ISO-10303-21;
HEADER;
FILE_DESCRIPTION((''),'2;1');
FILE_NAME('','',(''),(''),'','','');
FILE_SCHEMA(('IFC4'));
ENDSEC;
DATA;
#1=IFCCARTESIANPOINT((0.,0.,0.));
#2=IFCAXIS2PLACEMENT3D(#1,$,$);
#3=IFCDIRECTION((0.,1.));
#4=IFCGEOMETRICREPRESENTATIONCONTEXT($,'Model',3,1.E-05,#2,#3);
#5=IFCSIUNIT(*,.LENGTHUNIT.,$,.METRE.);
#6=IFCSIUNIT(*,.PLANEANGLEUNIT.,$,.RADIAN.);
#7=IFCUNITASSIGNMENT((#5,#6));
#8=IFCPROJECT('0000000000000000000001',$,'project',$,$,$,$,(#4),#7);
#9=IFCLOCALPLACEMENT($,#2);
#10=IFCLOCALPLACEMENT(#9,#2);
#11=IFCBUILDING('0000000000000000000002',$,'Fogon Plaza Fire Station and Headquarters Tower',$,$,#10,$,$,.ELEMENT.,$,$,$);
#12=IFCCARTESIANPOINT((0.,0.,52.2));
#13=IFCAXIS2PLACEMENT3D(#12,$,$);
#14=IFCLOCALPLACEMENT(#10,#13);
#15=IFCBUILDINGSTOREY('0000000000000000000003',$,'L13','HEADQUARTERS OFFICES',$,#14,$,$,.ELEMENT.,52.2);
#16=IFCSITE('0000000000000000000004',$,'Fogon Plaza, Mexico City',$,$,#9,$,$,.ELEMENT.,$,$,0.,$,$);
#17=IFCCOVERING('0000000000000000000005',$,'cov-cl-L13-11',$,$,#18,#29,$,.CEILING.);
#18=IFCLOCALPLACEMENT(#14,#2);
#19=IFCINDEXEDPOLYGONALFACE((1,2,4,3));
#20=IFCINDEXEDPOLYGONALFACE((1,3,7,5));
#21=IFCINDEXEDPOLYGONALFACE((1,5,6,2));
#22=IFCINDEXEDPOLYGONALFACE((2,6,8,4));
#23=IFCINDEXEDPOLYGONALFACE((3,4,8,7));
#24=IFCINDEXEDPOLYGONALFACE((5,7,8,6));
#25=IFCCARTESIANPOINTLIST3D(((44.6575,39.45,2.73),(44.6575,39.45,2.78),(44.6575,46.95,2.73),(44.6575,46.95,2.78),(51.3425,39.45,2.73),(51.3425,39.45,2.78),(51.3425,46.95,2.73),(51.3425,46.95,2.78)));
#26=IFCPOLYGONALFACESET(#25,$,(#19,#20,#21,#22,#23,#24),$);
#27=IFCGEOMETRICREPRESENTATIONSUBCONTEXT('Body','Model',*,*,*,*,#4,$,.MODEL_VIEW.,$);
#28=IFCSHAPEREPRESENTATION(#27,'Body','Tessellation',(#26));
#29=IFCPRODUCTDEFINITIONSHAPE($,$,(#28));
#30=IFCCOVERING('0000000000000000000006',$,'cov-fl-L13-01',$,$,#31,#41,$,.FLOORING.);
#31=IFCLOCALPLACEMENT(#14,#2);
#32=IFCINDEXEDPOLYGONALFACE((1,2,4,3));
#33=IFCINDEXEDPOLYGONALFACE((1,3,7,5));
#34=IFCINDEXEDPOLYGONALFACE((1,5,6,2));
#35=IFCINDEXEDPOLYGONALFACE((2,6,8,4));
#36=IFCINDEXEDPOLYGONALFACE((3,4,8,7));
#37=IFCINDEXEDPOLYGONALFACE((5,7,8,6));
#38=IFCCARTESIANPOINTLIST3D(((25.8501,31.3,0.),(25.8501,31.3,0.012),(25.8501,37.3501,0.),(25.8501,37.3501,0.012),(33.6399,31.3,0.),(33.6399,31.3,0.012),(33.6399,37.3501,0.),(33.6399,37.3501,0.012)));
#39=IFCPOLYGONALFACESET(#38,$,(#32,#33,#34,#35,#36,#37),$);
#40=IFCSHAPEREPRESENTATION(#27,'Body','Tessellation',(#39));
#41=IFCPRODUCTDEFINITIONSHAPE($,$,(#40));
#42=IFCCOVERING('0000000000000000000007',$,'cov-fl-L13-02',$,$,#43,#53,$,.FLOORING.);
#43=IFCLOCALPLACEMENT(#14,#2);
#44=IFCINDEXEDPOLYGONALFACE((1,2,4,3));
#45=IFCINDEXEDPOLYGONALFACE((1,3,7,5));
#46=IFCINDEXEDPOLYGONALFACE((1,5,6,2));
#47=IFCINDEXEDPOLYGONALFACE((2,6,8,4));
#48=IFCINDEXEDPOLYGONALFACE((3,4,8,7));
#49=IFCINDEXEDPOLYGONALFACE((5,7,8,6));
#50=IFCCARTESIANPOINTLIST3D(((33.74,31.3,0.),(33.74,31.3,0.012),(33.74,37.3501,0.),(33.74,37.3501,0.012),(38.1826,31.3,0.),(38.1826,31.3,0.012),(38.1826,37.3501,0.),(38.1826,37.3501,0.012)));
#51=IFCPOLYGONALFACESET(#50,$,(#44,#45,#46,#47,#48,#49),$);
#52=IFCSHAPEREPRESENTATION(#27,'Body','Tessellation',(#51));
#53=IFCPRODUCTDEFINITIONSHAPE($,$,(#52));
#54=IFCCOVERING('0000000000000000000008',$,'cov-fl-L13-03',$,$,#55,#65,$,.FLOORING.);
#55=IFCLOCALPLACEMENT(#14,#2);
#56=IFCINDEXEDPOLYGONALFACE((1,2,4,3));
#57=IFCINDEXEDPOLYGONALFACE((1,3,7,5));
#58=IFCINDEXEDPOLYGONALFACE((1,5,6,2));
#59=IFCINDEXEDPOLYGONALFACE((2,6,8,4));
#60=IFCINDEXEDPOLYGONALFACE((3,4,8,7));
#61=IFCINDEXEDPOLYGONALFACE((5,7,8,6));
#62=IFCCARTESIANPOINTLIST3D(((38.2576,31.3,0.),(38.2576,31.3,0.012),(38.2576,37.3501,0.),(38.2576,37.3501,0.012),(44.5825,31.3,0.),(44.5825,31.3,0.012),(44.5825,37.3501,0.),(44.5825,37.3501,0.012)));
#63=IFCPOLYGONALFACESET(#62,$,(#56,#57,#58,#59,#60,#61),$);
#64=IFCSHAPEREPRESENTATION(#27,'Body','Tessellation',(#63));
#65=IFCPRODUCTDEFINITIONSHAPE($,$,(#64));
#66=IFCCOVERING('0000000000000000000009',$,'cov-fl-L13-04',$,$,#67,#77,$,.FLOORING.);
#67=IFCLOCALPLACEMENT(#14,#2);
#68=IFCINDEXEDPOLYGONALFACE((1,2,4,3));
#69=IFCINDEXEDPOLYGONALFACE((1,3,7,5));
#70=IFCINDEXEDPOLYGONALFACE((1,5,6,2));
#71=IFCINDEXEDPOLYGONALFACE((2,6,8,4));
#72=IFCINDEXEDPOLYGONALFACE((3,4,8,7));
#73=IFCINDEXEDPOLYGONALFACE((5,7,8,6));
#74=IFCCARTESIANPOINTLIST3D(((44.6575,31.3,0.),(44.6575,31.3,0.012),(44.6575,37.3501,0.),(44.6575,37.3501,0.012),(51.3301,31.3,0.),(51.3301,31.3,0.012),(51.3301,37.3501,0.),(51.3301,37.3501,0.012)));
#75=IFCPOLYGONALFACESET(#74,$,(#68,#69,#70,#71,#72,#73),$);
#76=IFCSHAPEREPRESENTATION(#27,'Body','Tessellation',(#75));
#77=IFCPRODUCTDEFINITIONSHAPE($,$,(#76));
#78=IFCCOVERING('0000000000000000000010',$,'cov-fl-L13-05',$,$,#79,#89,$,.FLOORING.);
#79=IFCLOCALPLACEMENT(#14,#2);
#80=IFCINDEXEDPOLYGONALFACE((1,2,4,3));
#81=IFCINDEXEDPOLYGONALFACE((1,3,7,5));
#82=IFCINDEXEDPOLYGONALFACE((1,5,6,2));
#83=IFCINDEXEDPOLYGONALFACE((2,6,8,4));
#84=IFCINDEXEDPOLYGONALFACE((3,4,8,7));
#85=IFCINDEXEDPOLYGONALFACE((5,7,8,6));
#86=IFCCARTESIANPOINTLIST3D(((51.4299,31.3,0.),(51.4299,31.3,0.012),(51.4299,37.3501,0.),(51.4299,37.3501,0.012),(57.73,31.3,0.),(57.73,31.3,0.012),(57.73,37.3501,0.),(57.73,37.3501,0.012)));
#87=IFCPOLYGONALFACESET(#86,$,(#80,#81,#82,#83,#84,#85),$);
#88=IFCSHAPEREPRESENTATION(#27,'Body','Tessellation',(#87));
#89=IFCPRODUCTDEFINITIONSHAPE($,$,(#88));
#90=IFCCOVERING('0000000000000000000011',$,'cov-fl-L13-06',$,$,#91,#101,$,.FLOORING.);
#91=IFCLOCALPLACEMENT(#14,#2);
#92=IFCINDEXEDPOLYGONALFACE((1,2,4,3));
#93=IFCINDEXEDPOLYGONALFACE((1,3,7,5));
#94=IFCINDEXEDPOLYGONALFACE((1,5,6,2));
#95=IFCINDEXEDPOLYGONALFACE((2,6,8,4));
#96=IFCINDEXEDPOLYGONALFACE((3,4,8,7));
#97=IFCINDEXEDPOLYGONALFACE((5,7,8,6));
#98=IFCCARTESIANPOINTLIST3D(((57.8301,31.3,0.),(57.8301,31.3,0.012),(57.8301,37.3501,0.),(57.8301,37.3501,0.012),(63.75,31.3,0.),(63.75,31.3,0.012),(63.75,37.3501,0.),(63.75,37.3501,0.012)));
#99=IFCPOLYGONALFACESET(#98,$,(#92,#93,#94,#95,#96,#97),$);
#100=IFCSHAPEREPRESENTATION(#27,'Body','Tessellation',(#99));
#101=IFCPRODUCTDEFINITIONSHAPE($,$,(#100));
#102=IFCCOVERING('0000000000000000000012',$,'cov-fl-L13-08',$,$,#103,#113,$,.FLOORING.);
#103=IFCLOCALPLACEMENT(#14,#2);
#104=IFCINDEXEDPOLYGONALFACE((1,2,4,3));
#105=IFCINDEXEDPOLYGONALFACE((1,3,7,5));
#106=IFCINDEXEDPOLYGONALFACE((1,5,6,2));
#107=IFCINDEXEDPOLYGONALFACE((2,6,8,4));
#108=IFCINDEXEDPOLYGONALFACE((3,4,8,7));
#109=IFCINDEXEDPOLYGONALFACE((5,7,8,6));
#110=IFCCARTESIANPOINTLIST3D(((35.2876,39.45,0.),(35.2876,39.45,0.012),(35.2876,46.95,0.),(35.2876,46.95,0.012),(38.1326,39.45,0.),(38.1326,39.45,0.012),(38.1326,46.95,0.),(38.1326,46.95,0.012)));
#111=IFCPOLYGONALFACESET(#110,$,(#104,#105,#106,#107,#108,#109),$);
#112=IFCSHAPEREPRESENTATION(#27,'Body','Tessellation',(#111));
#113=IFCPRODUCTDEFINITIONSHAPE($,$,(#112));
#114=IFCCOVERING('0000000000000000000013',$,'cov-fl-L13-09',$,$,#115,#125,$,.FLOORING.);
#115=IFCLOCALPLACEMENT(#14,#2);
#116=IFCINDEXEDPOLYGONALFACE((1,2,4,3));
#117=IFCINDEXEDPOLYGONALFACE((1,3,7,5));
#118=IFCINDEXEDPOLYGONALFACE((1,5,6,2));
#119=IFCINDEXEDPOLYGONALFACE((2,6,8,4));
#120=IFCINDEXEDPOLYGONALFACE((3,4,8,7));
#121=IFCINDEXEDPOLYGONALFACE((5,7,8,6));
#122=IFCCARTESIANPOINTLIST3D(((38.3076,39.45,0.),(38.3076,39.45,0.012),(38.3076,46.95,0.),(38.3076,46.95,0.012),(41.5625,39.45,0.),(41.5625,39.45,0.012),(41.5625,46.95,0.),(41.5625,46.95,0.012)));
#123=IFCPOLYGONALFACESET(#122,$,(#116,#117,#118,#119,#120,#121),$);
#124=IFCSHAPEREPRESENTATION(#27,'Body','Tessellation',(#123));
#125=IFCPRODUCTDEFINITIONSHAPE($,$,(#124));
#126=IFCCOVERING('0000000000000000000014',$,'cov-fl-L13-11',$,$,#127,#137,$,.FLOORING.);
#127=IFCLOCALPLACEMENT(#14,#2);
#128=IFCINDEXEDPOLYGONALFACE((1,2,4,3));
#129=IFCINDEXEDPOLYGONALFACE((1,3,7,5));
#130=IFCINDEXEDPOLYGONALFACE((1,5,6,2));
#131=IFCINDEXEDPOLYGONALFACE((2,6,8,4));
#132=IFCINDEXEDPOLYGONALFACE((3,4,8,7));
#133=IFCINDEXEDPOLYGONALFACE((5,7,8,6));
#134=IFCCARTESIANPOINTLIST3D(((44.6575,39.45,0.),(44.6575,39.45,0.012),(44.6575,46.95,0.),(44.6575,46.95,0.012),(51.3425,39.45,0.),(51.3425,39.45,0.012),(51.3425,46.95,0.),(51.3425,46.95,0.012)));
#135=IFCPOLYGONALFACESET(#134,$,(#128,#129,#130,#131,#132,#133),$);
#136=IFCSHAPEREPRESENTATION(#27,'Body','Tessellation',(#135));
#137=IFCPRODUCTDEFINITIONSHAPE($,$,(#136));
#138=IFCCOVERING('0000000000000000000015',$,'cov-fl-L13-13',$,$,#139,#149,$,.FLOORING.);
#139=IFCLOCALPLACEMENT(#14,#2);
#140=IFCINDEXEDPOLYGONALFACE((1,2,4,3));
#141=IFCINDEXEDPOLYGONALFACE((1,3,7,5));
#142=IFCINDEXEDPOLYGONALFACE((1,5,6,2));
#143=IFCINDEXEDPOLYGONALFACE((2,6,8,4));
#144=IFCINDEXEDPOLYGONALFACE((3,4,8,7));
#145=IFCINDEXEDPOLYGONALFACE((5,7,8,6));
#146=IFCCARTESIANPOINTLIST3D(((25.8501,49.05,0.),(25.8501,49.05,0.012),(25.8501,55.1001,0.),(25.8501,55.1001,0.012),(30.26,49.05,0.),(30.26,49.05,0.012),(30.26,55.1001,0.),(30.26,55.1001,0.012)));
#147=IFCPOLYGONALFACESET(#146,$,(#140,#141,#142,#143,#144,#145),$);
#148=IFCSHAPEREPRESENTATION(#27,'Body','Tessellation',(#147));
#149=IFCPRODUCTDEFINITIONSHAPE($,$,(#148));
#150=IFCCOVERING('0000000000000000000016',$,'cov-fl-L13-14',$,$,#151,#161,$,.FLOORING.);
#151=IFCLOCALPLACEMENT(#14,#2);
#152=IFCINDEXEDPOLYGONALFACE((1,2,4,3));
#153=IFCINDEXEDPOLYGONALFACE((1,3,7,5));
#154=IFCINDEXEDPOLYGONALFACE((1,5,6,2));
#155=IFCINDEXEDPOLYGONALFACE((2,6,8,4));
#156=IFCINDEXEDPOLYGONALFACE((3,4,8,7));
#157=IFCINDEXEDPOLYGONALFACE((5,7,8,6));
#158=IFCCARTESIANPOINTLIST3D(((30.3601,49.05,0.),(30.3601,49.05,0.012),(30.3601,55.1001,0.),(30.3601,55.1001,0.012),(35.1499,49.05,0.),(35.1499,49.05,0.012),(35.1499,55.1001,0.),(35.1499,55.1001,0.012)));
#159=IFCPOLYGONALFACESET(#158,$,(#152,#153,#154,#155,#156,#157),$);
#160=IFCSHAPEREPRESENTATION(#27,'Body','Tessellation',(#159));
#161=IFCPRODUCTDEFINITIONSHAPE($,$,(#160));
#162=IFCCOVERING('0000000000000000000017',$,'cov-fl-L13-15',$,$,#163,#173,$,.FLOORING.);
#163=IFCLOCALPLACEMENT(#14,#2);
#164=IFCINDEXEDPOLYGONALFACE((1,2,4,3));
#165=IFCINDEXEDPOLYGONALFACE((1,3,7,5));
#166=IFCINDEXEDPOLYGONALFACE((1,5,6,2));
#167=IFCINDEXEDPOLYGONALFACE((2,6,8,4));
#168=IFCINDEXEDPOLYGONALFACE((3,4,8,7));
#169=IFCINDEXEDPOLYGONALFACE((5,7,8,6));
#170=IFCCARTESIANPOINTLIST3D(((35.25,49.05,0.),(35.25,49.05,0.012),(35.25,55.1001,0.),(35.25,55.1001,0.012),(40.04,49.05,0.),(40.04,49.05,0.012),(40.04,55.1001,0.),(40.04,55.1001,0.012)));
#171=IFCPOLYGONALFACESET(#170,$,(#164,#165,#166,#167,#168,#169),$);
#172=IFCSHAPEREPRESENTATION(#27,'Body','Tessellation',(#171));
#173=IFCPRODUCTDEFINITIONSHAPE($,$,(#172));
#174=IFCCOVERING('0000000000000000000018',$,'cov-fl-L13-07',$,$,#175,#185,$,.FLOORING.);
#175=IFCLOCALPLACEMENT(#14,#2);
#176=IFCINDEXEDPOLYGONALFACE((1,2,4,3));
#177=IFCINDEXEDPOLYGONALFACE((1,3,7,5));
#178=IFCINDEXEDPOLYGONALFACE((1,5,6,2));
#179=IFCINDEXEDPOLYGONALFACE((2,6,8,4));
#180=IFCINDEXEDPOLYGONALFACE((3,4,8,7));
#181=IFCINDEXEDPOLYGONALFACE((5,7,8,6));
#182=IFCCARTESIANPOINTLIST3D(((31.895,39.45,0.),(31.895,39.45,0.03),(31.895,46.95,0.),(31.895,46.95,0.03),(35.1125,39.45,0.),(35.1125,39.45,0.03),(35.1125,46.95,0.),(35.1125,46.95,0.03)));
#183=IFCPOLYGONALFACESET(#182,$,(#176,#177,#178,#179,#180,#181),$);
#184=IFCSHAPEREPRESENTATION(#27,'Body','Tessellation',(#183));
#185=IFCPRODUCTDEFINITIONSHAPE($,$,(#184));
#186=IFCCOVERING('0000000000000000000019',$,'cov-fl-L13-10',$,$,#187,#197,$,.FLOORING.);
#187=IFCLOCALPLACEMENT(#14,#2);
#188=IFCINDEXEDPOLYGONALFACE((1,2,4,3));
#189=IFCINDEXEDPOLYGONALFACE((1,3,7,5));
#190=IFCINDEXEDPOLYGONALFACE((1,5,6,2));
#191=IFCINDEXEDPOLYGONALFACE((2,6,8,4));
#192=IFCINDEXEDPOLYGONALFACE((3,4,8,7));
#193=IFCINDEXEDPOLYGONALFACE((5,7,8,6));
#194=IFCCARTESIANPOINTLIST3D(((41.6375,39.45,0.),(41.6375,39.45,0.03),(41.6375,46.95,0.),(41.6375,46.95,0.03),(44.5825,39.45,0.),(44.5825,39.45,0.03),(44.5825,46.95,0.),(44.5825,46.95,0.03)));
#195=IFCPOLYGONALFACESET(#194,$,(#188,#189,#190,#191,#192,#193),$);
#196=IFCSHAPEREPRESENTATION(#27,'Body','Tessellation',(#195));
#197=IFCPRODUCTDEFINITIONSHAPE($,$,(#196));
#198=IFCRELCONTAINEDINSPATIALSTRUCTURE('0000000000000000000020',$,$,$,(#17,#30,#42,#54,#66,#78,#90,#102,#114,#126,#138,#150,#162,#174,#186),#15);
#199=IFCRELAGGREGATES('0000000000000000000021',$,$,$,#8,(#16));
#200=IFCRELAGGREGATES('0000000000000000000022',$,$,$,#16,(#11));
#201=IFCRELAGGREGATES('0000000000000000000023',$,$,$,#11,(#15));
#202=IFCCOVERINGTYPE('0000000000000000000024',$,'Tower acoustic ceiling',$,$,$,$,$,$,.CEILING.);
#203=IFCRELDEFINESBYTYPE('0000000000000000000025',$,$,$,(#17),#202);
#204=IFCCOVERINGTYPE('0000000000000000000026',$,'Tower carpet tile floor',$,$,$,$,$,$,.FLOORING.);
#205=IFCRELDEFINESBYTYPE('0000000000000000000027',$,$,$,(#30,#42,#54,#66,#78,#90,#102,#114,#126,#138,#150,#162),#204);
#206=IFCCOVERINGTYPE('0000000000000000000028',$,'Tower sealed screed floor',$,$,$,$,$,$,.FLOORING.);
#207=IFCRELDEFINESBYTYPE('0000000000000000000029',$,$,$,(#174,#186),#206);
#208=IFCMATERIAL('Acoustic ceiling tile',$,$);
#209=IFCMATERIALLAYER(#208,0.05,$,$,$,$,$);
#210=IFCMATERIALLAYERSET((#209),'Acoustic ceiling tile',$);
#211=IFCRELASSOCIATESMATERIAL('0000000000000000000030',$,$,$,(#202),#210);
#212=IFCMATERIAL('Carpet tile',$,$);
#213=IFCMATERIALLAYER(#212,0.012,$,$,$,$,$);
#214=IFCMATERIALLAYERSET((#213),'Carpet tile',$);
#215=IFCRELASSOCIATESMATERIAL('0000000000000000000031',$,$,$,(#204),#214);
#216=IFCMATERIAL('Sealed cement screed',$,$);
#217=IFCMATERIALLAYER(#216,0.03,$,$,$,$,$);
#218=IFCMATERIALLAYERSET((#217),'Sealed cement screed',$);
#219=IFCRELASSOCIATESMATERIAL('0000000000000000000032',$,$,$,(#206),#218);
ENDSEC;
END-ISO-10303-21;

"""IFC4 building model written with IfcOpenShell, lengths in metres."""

from ifc_helpers import new_model, si_unit, direction, frame, origin, place, context, subcontext, project, spatial, polyline, outline, extrude, material, layer, layer_set, type_object, element, save


model = new_model("IFC4")

# Units and contexts
model_context = context("Model", 3, precision=1e-05, world=origin(), true_north=direction((0.0, 1.0)))
body_context = subcontext(model_context, "Body", "Model", "MODEL_VIEW")
ifc_project = project(units=[si_unit("LENGTHUNIT", "METRE"), si_unit("PLANEANGLEUNIT", "RADIAN")], contexts=[model_context])

# Site, building, storey
site_placement = place(None, origin())
site = spatial("IfcSite", under=ifc_project, at=site_placement, Name="Fogon Plaza, Mexico City", CompositionType="ELEMENT", RefElevation=0.0)
building_placement = place(site_placement, origin())
building = spatial("IfcBuilding", under=site, at=building_placement, Name="Fogon Plaza Fire Station and Headquarters Tower", CompositionType="ELEMENT")
storey_placement = place(building_placement, frame((0.0, 0.0, 52.2)))
storey = spatial("IfcBuildingStorey", under=building, at=storey_placement, Name="L13", Description="HEADQUARTERS OFFICES", CompositionType="ELEMENT", Elevation=52.2)

# Coverings
ifc_material_1 = material(Name="Acoustic ceiling tile")
ifc_layer_1 = layer(ifc_material_1, 0.05)
ifc_layer_set_1 = layer_set([ifc_layer_1], Name="Acoustic ceiling tile")
covering_type_1 = type_object("IfcCoveringType", Name="Tower acoustic ceiling", PredefinedType="CEILING", material=ifc_layer_set_1)
covering_1_placement = place(storey_placement, frame((0.0, 0.0, 2.73)))
element("IfcCovering", 1, at=covering_1_placement, inside=storey, type_object=covering_type_1, Name="cov-cl-L13-11", PredefinedType="CEILING", context=body_context, shape_type="SweptSolid", body=[
    extrude(outline(polyline([(51.3425, 39.45), (51.3425, 46.95), (44.6575, 46.95), (44.6575, 39.45), (51.3425, 39.45)])), origin(), (0.0, 0.0, 1.0), 0.05),
])
ifc_material_2 = material(Name="Carpet tile")
ifc_layer_2 = layer(ifc_material_2, 0.012)
ifc_layer_set_2 = layer_set([ifc_layer_2], Name="Carpet tile")
covering_type_2 = type_object("IfcCoveringType", Name="Tower carpet tile floor", PredefinedType="FLOORING", material=ifc_layer_set_2)
covering_2_placement = place(storey_placement, origin())
element("IfcCovering", 2, at=covering_2_placement, inside=storey, type_object=covering_type_2, Name="cov-fl-L13-01", PredefinedType="FLOORING", context=body_context, shape_type="SweptSolid", body=[
    extrude(outline(polyline([(33.6399, 31.3), (33.6399, 37.3501), (25.8501, 37.3501), (25.8501, 31.3), (33.6399, 31.3)])), origin(), (0.0, 0.0, 1.0), 0.012),
])
covering_3_placement = place(storey_placement, origin())
element("IfcCovering", 3, at=covering_3_placement, inside=storey, type_object=covering_type_2, Name="cov-fl-L13-02", PredefinedType="FLOORING", context=body_context, shape_type="SweptSolid", body=[
    extrude(outline(polyline([(38.1826, 31.3), (38.1826, 37.3501), (33.74, 37.3501), (33.74, 31.3), (38.1826, 31.3)])), origin(), (0.0, 0.0, 1.0), 0.012),
])
covering_4_placement = place(storey_placement, origin())
element("IfcCovering", 4, at=covering_4_placement, inside=storey, type_object=covering_type_2, Name="cov-fl-L13-03", PredefinedType="FLOORING", context=body_context, shape_type="SweptSolid", body=[
    extrude(outline(polyline([(44.5825, 31.3), (44.5825, 37.3501), (38.2576, 37.3501), (38.2576, 31.3), (44.5825, 31.3)])), origin(), (0.0, 0.0, 1.0), 0.012),
])
covering_5_placement = place(storey_placement, origin())
element("IfcCovering", 5, at=covering_5_placement, inside=storey, type_object=covering_type_2, Name="cov-fl-L13-04", PredefinedType="FLOORING", context=body_context, shape_type="SweptSolid", body=[
    extrude(outline(polyline([(51.3301, 31.3), (51.3301, 37.3501), (44.6575, 37.3501), (44.6575, 31.3), (51.3301, 31.3)])), origin(), (0.0, 0.0, 1.0), 0.012),
])
covering_6_placement = place(storey_placement, origin())
element("IfcCovering", 6, at=covering_6_placement, inside=storey, type_object=covering_type_2, Name="cov-fl-L13-05", PredefinedType="FLOORING", context=body_context, shape_type="SweptSolid", body=[
    extrude(outline(polyline([(57.73, 31.3), (57.73, 37.3501), (51.4299, 37.3501), (51.4299, 31.3), (57.73, 31.3)])), origin(), (0.0, 0.0, 1.0), 0.012),
])
covering_7_placement = place(storey_placement, origin())
element("IfcCovering", 7, at=covering_7_placement, inside=storey, type_object=covering_type_2, Name="cov-fl-L13-06", PredefinedType="FLOORING", context=body_context, shape_type="SweptSolid", body=[
    extrude(outline(polyline([(63.75, 31.3), (63.75, 37.3501), (57.8301, 37.3501), (57.8301, 31.3), (63.75, 31.3)])), origin(), (0.0, 0.0, 1.0), 0.012),
])
covering_8_placement = place(storey_placement, origin())
element("IfcCovering", 8, at=covering_8_placement, inside=storey, type_object=covering_type_2, Name="cov-fl-L13-08", PredefinedType="FLOORING", context=body_context, shape_type="SweptSolid", body=[
    extrude(outline(polyline([(38.1326, 39.45), (38.1326, 46.95), (35.2876, 46.95), (35.2876, 39.45), (38.1326, 39.45)])), origin(), (0.0, 0.0, 1.0), 0.012),
])
covering_9_placement = place(storey_placement, origin())
element("IfcCovering", 9, at=covering_9_placement, inside=storey, type_object=covering_type_2, Name="cov-fl-L13-09", PredefinedType="FLOORING", context=body_context, shape_type="SweptSolid", body=[
    extrude(outline(polyline([(41.5625, 39.45), (41.5625, 46.95), (38.3076, 46.95), (38.3076, 39.45), (41.5625, 39.45)])), origin(), (0.0, 0.0, 1.0), 0.012),
])
covering_10_placement = place(storey_placement, origin())
element("IfcCovering", 10, at=covering_10_placement, inside=storey, type_object=covering_type_2, Name="cov-fl-L13-11", PredefinedType="FLOORING", context=body_context, shape_type="SweptSolid", body=[
    extrude(outline(polyline([(51.3425, 39.45), (51.3425, 46.95), (44.6575, 46.95), (44.6575, 39.45), (51.3425, 39.45)])), origin(), (0.0, 0.0, 1.0), 0.012),
])
covering_11_placement = place(storey_placement, origin())
element("IfcCovering", 11, at=covering_11_placement, inside=storey, type_object=covering_type_2, Name="cov-fl-L13-13", PredefinedType="FLOORING", context=body_context, shape_type="SweptSolid", body=[
    extrude(outline(polyline([(30.26, 49.05), (30.26, 55.1001), (25.8501, 55.1001), (25.8501, 49.05), (30.26, 49.05)])), origin(), (0.0, 0.0, 1.0), 0.012),
])
covering_12_placement = place(storey_placement, origin())
element("IfcCovering", 12, at=covering_12_placement, inside=storey, type_object=covering_type_2, Name="cov-fl-L13-14", PredefinedType="FLOORING", context=body_context, shape_type="SweptSolid", body=[
    extrude(outline(polyline([(35.1499, 49.05), (35.1499, 55.1001), (30.3601, 55.1001), (30.3601, 49.05), (35.1499, 49.05)])), origin(), (0.0, 0.0, 1.0), 0.012),
])
covering_13_placement = place(storey_placement, origin())
element("IfcCovering", 13, at=covering_13_placement, inside=storey, type_object=covering_type_2, Name="cov-fl-L13-15", PredefinedType="FLOORING", context=body_context, shape_type="SweptSolid", body=[
    extrude(outline(polyline([(40.04, 49.05), (40.04, 55.1001), (35.25, 55.1001), (35.25, 49.05), (40.04, 49.05)])), origin(), (0.0, 0.0, 1.0), 0.012),
])
ifc_material_3 = material(Name="Sealed cement screed")
ifc_layer_3 = layer(ifc_material_3, 0.03)
ifc_layer_set_3 = layer_set([ifc_layer_3], Name="Sealed cement screed")
covering_type_3 = type_object("IfcCoveringType", Name="Tower sealed screed floor", PredefinedType="FLOORING", material=ifc_layer_set_3)
covering_14_placement = place(storey_placement, origin())
element("IfcCovering", 14, at=covering_14_placement, inside=storey, type_object=covering_type_3, Name="cov-fl-L13-07", PredefinedType="FLOORING", context=body_context, shape_type="SweptSolid", body=[
    extrude(outline(polyline([(35.1125, 39.45), (35.1125, 46.95), (31.895, 46.95), (31.895, 39.45), (35.1125, 39.45)])), origin(), (0.0, 0.0, 1.0), 0.03),
])
covering_15_placement = place(storey_placement, origin())
element("IfcCovering", 15, at=covering_15_placement, inside=storey, type_object=covering_type_3, Name="cov-fl-L13-10", PredefinedType="FLOORING", context=body_context, shape_type="SweptSolid", body=[
    extrude(outline(polyline([(44.5825, 39.45), (44.5825, 46.95), (41.6375, 46.95), (41.6375, 39.45), (44.5825, 39.45)])), origin(), (0.0, 0.0, 1.0), 0.03),
])

save(model, "model.ifc")
